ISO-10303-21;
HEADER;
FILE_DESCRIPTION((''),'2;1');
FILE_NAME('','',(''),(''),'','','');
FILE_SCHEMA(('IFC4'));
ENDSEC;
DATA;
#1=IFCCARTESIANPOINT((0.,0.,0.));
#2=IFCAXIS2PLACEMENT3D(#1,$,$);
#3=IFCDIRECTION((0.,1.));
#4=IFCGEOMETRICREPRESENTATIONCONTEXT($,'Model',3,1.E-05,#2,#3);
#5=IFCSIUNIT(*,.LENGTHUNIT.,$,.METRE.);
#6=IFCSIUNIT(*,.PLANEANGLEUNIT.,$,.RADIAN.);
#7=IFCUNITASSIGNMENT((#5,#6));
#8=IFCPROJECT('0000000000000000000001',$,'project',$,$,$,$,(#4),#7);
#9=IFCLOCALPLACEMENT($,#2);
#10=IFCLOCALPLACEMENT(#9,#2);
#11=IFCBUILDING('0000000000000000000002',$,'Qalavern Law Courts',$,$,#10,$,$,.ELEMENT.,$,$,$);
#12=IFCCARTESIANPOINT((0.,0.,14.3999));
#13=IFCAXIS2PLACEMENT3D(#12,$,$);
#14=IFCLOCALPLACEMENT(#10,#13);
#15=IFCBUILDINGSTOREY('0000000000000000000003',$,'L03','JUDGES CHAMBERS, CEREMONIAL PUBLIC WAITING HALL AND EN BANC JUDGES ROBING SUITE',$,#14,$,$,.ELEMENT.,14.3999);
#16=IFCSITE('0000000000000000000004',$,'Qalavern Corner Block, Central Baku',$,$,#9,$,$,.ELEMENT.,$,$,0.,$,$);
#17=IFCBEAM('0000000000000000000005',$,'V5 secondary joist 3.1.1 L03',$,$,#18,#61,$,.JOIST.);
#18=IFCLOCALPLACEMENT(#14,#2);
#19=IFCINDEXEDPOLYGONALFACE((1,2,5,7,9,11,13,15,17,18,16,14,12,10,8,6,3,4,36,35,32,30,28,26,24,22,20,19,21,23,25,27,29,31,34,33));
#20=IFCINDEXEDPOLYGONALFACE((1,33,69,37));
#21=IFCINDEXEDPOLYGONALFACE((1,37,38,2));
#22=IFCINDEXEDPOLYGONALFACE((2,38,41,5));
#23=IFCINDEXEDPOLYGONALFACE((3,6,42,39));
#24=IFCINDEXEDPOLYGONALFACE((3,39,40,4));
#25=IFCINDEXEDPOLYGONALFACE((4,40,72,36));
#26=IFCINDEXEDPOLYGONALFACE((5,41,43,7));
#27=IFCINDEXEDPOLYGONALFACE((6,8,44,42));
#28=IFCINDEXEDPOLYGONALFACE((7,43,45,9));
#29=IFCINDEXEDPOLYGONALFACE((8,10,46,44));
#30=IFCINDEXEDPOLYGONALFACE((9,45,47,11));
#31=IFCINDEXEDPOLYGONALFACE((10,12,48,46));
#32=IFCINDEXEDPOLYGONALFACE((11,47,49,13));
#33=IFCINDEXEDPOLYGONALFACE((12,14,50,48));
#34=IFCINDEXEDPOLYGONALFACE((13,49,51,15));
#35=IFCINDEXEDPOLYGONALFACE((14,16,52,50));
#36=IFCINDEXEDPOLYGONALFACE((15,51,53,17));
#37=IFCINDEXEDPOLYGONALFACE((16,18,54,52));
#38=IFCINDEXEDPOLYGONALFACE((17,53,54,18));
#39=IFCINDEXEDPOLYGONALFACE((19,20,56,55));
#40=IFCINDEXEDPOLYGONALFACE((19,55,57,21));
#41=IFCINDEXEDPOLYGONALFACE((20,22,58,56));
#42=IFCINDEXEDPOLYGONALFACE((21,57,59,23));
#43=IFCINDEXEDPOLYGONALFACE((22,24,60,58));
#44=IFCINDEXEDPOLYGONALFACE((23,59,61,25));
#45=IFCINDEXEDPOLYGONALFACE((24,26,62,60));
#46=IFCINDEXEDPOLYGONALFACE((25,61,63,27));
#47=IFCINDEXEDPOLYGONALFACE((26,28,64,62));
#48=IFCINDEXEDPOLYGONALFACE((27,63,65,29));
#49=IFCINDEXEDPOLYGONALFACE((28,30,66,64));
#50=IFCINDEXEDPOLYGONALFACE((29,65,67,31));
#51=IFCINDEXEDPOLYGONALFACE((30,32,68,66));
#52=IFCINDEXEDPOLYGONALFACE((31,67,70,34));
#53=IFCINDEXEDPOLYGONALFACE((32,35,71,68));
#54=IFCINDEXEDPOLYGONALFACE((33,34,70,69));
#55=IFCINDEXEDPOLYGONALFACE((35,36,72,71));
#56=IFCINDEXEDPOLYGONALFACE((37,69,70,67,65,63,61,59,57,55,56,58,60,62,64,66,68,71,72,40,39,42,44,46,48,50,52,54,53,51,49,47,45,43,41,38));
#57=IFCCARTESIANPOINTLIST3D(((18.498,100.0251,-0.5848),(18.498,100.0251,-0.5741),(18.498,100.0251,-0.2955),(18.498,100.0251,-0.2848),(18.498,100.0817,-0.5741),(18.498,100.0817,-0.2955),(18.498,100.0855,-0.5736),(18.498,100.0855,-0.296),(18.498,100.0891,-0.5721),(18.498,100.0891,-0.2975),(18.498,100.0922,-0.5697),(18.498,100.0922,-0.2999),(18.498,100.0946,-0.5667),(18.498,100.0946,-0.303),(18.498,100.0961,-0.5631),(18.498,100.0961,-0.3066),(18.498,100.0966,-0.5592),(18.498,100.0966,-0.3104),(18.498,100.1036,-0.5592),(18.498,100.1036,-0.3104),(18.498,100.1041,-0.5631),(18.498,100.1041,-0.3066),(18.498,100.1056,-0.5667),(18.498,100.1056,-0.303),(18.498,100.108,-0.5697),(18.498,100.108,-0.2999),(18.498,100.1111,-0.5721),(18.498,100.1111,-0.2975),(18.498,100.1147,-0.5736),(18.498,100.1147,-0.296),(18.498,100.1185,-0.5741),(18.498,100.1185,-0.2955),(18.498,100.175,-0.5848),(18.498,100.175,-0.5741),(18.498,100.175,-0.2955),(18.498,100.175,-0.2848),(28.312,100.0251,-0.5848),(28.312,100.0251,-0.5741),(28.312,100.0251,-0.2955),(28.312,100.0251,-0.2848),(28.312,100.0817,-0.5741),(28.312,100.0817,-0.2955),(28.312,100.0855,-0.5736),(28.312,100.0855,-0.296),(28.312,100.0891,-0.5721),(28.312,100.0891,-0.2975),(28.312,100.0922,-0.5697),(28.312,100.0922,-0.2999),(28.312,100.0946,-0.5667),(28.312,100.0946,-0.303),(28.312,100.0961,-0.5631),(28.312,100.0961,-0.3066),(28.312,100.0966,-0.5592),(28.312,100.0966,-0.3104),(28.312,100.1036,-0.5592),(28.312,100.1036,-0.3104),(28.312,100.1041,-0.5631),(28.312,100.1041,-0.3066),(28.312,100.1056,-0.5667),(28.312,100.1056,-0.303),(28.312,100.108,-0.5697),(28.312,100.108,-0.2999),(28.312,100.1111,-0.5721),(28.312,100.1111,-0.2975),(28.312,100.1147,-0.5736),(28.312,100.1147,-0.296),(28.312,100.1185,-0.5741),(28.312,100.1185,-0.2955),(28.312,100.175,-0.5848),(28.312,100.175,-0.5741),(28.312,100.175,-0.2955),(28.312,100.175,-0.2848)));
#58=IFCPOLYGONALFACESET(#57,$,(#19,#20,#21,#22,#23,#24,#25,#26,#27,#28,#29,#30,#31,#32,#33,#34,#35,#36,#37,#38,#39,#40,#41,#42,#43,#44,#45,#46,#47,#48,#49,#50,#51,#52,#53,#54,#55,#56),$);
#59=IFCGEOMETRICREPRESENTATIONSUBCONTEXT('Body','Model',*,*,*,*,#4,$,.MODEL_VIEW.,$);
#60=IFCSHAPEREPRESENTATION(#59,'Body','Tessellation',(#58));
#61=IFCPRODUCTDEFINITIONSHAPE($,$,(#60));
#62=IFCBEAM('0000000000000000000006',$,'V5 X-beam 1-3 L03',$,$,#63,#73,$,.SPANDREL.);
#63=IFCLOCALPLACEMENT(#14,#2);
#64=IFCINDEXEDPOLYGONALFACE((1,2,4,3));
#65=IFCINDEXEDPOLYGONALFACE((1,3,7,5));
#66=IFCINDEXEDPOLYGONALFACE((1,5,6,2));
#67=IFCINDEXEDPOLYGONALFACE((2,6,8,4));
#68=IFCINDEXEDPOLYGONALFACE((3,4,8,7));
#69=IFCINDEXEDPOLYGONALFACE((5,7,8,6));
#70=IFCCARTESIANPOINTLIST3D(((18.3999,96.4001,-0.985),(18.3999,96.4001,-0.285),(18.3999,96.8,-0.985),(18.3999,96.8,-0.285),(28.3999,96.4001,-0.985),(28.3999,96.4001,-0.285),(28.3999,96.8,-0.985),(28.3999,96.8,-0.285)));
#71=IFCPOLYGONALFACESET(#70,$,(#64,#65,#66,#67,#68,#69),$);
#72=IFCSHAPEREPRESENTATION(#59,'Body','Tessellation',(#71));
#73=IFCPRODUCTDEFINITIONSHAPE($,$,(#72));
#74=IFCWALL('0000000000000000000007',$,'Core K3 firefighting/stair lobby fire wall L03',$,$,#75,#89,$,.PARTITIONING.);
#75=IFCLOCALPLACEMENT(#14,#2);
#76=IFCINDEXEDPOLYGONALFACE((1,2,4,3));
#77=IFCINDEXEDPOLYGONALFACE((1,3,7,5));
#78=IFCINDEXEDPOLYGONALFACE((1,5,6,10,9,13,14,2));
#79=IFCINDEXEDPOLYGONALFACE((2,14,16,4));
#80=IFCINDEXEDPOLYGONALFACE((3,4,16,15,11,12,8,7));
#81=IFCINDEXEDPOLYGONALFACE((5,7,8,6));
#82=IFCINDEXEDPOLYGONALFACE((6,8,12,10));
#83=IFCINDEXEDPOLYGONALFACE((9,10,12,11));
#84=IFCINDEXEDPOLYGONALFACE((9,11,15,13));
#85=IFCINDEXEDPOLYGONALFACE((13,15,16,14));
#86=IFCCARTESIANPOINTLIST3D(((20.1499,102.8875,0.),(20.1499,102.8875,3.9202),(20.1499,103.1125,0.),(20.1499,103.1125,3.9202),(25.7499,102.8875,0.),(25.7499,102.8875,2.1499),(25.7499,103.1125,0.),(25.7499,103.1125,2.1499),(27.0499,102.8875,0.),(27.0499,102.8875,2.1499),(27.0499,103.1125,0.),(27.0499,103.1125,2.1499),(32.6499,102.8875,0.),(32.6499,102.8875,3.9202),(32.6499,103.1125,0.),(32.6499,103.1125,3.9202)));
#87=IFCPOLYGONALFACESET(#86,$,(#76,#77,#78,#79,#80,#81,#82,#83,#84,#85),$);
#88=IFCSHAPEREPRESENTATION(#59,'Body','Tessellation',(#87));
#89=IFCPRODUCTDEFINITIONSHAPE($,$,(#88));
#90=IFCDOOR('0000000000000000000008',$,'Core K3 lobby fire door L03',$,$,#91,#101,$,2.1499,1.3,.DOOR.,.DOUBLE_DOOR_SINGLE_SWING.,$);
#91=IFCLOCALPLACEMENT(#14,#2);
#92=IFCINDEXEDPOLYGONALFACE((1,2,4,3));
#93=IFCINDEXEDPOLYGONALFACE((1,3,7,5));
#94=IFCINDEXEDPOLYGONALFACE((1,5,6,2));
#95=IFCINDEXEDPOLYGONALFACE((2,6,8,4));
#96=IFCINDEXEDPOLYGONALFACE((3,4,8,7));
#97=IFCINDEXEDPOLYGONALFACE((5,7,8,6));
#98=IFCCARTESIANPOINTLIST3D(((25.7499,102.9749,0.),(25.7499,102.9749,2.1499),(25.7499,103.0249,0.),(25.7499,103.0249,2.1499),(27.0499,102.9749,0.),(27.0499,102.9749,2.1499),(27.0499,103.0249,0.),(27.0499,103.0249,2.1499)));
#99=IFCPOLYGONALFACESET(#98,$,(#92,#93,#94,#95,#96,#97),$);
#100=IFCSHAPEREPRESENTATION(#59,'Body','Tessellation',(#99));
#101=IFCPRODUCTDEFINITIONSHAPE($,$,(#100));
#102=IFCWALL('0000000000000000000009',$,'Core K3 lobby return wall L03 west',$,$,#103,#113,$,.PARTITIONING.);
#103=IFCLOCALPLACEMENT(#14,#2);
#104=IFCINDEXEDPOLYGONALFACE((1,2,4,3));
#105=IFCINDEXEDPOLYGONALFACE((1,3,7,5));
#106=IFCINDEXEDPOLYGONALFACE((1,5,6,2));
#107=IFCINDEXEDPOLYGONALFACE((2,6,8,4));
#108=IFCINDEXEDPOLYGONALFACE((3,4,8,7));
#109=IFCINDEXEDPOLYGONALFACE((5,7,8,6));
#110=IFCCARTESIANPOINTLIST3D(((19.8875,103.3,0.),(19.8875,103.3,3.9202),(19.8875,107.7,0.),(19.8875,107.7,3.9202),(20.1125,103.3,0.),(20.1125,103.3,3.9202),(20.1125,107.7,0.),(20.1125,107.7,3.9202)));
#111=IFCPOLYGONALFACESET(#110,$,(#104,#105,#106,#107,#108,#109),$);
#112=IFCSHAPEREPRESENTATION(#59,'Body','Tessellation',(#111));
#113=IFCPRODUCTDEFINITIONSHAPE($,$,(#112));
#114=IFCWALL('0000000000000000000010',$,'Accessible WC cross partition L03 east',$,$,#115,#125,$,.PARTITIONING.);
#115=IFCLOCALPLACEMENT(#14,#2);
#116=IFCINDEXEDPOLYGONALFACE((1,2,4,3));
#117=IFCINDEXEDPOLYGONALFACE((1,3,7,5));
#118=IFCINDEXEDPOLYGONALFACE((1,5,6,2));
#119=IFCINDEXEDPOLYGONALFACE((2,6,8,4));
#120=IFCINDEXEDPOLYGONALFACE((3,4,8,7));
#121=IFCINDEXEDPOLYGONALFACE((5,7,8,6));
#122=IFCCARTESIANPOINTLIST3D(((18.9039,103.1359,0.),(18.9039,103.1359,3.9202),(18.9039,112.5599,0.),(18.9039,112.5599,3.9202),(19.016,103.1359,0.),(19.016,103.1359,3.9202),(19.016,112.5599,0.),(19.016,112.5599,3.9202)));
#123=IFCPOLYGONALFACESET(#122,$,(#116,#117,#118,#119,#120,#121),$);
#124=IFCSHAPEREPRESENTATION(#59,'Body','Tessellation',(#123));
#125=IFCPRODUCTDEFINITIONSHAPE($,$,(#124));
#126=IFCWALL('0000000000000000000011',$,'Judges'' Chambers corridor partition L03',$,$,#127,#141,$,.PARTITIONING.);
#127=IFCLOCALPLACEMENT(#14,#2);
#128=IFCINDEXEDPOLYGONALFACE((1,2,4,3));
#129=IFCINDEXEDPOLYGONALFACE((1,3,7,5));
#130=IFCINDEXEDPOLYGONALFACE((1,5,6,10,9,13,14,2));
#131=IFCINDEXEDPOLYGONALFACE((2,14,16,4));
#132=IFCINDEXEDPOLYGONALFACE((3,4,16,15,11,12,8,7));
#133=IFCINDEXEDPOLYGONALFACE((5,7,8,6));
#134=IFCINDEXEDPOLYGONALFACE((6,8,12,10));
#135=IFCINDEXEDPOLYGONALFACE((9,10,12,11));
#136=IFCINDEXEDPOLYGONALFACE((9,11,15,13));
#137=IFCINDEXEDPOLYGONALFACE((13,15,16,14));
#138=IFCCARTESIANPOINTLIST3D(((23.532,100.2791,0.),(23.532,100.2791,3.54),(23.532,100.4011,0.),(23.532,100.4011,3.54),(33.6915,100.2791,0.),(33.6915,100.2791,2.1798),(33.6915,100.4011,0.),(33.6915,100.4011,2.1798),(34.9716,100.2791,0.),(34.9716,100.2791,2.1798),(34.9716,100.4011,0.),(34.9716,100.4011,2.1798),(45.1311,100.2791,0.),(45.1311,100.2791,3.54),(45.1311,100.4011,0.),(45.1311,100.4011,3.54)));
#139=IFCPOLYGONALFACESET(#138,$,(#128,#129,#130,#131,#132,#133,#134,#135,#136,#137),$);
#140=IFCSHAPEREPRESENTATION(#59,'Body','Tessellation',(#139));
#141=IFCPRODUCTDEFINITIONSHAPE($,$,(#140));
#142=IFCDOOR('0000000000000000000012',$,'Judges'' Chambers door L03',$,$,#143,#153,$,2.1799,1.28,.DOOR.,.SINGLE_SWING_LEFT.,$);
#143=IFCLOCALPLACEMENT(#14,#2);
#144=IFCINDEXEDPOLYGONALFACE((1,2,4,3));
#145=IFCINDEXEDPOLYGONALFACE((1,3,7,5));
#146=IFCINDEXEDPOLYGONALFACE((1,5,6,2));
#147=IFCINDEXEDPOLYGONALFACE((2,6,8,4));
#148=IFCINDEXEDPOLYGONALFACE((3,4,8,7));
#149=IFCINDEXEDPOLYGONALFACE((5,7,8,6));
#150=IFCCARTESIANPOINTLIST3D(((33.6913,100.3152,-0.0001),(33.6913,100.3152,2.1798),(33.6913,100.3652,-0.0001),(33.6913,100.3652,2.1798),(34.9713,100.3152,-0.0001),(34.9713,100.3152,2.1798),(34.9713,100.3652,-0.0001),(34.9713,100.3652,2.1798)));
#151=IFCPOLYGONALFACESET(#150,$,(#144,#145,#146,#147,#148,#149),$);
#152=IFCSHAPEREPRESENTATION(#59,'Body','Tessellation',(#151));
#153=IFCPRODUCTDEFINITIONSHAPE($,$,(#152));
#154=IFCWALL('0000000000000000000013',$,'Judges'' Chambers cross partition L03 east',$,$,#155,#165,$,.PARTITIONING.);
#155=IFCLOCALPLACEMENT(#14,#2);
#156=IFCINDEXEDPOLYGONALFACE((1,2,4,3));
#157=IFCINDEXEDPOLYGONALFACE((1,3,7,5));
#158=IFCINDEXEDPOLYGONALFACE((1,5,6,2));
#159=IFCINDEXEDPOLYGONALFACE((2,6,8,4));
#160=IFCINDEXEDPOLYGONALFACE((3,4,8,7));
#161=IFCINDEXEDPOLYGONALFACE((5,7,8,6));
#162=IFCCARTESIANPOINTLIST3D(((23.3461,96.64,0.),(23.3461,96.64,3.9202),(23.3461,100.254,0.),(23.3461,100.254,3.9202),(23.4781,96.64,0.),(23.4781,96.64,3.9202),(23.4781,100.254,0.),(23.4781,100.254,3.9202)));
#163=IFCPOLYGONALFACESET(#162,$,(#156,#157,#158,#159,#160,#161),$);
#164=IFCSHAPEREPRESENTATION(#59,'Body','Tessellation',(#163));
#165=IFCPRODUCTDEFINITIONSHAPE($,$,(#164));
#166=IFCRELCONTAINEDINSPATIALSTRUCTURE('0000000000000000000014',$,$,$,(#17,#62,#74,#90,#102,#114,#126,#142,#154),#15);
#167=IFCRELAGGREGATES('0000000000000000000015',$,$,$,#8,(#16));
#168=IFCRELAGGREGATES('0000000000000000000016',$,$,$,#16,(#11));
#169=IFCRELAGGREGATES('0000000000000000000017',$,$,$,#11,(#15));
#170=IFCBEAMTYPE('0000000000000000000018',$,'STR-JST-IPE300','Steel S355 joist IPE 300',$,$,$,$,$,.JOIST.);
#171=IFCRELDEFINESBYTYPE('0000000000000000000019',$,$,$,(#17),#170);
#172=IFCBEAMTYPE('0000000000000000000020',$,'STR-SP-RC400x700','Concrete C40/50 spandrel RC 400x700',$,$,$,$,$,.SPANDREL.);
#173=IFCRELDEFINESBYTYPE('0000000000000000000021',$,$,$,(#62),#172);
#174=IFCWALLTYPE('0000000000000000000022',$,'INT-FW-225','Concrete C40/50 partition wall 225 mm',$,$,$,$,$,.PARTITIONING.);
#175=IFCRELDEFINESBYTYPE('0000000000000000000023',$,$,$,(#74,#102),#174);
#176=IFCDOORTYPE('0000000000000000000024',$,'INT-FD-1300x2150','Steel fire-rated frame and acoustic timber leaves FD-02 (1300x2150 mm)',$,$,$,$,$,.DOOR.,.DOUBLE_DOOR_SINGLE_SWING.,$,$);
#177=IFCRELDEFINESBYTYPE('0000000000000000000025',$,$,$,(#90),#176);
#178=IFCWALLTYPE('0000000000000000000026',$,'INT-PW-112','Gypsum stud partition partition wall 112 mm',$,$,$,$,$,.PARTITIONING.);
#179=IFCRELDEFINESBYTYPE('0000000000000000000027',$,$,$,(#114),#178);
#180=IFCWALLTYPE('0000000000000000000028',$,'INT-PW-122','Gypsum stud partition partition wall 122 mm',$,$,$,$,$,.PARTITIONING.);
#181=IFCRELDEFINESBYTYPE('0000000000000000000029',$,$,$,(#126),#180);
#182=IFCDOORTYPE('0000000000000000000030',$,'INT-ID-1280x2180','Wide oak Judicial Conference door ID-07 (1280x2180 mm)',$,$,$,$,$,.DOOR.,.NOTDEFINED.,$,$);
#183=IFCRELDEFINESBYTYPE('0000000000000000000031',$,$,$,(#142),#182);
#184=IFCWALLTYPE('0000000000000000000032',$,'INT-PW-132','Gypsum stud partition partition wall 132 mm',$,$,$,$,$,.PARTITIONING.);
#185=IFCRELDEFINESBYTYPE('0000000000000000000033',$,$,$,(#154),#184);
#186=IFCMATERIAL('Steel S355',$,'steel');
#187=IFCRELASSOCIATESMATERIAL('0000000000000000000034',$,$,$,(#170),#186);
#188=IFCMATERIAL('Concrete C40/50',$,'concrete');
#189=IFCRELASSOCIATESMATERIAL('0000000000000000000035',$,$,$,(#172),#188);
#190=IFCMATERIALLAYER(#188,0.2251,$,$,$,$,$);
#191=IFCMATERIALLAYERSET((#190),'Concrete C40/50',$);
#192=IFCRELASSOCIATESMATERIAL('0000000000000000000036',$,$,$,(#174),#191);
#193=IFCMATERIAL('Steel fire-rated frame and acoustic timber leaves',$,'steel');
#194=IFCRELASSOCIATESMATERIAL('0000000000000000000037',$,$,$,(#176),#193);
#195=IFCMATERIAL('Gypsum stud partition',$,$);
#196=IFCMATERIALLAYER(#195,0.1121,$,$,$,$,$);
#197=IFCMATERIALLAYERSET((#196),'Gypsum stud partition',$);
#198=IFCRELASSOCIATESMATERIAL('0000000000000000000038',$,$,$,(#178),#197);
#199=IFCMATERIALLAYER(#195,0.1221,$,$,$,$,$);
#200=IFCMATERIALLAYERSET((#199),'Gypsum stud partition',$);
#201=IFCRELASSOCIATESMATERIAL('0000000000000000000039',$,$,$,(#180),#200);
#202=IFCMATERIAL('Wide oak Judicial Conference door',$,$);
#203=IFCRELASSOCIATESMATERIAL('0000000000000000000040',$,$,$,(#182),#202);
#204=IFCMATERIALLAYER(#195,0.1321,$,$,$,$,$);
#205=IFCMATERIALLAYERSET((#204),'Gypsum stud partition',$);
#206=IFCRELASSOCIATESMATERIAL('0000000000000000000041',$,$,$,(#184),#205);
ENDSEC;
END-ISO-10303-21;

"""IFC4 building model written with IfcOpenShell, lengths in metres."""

from ifc_helpers import new_model, si_unit, direction, frame, frame_2d, origin, origin_2d, place, context, subcontext, project, spatial, rectangle, i_section, extrude, material, layer, layer_set, material_profile, profile_set, type_object, element, fill, save


model = new_model("IFC4")

# Units and contexts
model_context = context("Model", 3, precision=1e-05, world=origin(), true_north=direction((0.0, 1.0)))
body_context = subcontext(model_context, "Body", "Model", "MODEL_VIEW")
ifc_project = project(units=[si_unit("LENGTHUNIT", "METRE"), si_unit("PLANEANGLEUNIT", "RADIAN")], contexts=[model_context])

# Site, building, storey
site_placement = place(None, origin())
site = spatial("IfcSite", under=ifc_project, at=site_placement, Name="Qalavern Corner Block, Central Baku", CompositionType="ELEMENT", RefElevation=0.0)
building_placement = place(site_placement, origin())
building = spatial("IfcBuilding", under=site, at=building_placement, Name="Qalavern Law Courts", CompositionType="ELEMENT")
storey_placement = place(building_placement, frame((0.0, 0.0, 14.3999)))
storey = spatial("IfcBuildingStorey", under=building, at=storey_placement, Name="L03", Description="JUDGES CHAMBERS, CEREMONIAL PUBLIC WAITING HALL AND EN BANC JUDGES ROBING SUITE", CompositionType="ELEMENT", Elevation=14.3999)

# Beams
ifc_material_1 = material(Name="Steel S355", Category="steel")
ifc_material_profile_1 = material_profile(ifc_material_1, i_section(OverallWidth=0.1499, OverallDepth=0.3, WebThickness=0.0071, FlangeThickness=0.0107, FilletRadius=0.0149, at=origin_2d()), Name="IPE 300")
ifc_profile_set_1 = profile_set([ifc_material_profile_1], Name="Steel S355")
beam_type_1 = type_object("IfcBeamType", Name="STR-JST-IPE300", Description="Steel S355 joist IPE 300", PredefinedType="JOIST", material=ifc_profile_set_1)
beam_1_placement = place(storey_placement, frame((18.498, 100.1001, -0.4348), z_axis=(1.0, 0.0, 0.0), x_axis=(0.0, 1.0, 0.0)))
element("IfcBeam", 1, at=beam_1_placement, inside=storey, type_object=beam_type_1, Name="V5 secondary joist 3.1.1 L03", PredefinedType="JOIST", context=body_context, shape_type="SweptSolid", body=[
    extrude(i_section(OverallWidth=0.1499, OverallDepth=0.3, WebThickness=0.0071, FlangeThickness=0.0107, FilletRadius=0.0149, at=origin_2d()), origin(), (0.0, 0.0, 1.0), 9.814),
])
ifc_material_2 = material(Name="Concrete C40/50", Category="concrete")
ifc_material_profile_2 = material_profile(ifc_material_2, rectangle(XDim=0.3999, YDim=0.7, at=origin_2d()), Name="RC 400x700")
ifc_profile_set_2 = profile_set([ifc_material_profile_2], Name="Concrete C40/50")
beam_type_2 = type_object("IfcBeamType", Name="STR-SP-RC400x700", Description="Concrete C40/50 spandrel RC 400x700", PredefinedType="SPANDREL", material=ifc_profile_set_2)
beam_2_placement = place(storey_placement, frame((18.3999, 96.6001, -0.635), z_axis=(1.0, 0.0, 0.0), x_axis=(0.0, 1.0, 0.0)))
element("IfcBeam", 2, at=beam_2_placement, inside=storey, type_object=beam_type_2, Name="V5 X-beam 1-3 L03", PredefinedType="SPANDREL", context=body_context, shape_type="SweptSolid", body=[
    extrude(rectangle(XDim=0.3999, YDim=0.7, at=origin_2d()), origin(), (0.0, 0.0, 1.0), 10.0),
])

# Wall, opening, door
ifc_layer_1 = layer(ifc_material_2, 0.2251)
ifc_layer_set_1 = layer_set([ifc_layer_1], Name="Concrete C40/50")
wall_type_1 = type_object("IfcWallType", Name="INT-FW-225", Description="Concrete C40/50 partition wall 225 mm", PredefinedType="PARTITIONING", material=ifc_layer_set_1)
wall_1_placement = place(storey_placement, frame((20.1499, 103.0, 0.0), z_axis=(0.0, 0.0, 1.0), x_axis=(1.0, 0.0, 0.0)))
wall_1 = element("IfcWall", 3, at=wall_1_placement, inside=storey, type_object=wall_type_1, Name="Core K3 firefighting/stair lobby fire wall L03", PredefinedType="PARTITIONING", context=body_context, shape_type="SweptSolid", body=[
    extrude(rectangle(XDim=12.5, YDim=0.2251, at=frame_2d((6.25, 0.0))), origin(), (0.0, 0.0, 1.0), 3.9202),
])
opening_1_placement = place(wall_1_placement, frame((5.6001, 0.0, 0.0)))
opening_1 = element("IfcOpeningElement", 4, at=opening_1_placement, cuts=wall_1, PredefinedType="OPENING", context=body_context, shape_type="SweptSolid", body=[
    extrude(rectangle(XDim=1.3, YDim=2.1499, at=frame_2d((0.6499, 1.075))), frame((0.0, 0.1274, 0.0), z_axis=(0.0, -1.0, 0.0), x_axis=(1.0, 0.0, 0.0)), (0.0, 0.0, 1.0), 0.2549),
])
ifc_material_3 = material(Name="Steel fire-rated frame and acoustic timber leaves", Category="steel")
door_type_1 = type_object("IfcDoorType", Name="INT-FD-1300x2150", Description="Steel fire-rated frame and acoustic timber leaves FD-02 (1300x2150 mm)", OperationType="DOUBLE_DOOR_SINGLE_SWING", PredefinedType="DOOR", material=ifc_material_3)
door_1_placement = place(opening_1_placement, origin())
door_1 = element("IfcDoor", 5, at=door_1_placement, inside=storey, type_object=door_type_1, Name="Core K3 lobby fire door L03", OperationType="DOUBLE_DOOR_SINGLE_SWING", OverallHeight=2.1499, OverallWidth=1.3, PredefinedType="DOOR", context=body_context, shape_type="SweptSolid", body=[
    extrude(rectangle(XDim=1.3, YDim=2.1499, at=frame_2d((0.6499, 1.075))), frame((0.0, 0.0249, 0.0), z_axis=(0.0, -1.0, 0.0), x_axis=(1.0, 0.0, 0.0)), (0.0, 0.0, 1.0), 0.05),
])
fill(opening_1, door_1)

# Walls
wall_2_placement = place(storey_placement, frame((20.0, 103.3, 0.0), z_axis=(0.0, 0.0, 1.0), x_axis=(0.0, 1.0, 0.0)))
element("IfcWall", 6, at=wall_2_placement, inside=storey, type_object=wall_type_1, Name="Core K3 lobby return wall L03 west", PredefinedType="PARTITIONING", context=body_context, shape_type="SweptSolid", body=[
    extrude(rectangle(XDim=4.3999, YDim=0.2251, at=frame_2d((2.2, 0.0))), origin(), (0.0, 0.0, 1.0), 3.9202),
])
ifc_material_4 = material(Name="Gypsum stud partition")
ifc_layer_2 = layer(ifc_material_4, 0.1121)
ifc_layer_set_2 = layer_set([ifc_layer_2], Name="Gypsum stud partition")
wall_type_2 = type_object("IfcWallType", Name="INT-PW-112", Description="Gypsum stud partition partition wall 112 mm", PredefinedType="PARTITIONING", material=ifc_layer_set_2)
wall_3_placement = place(storey_placement, frame((18.96, 103.136, 0.0), z_axis=(0.0, 0.0, 1.0), x_axis=(0.0, 1.0, 0.0)))
element("IfcWall", 7, at=wall_3_placement, inside=storey, type_object=wall_type_2, Name="Accessible WC cross partition L03 east", PredefinedType="PARTITIONING", context=body_context, shape_type="SweptSolid", body=[
    extrude(rectangle(XDim=9.4241, YDim=0.1121, at=frame_2d((4.7119, 0.0))), origin(), (0.0, 0.0, 1.0), 3.9202),
])

# Wall, opening, door
ifc_layer_3 = layer(ifc_material_4, 0.1221)
ifc_layer_set_3 = layer_set([ifc_layer_3], Name="Gypsum stud partition")
wall_type_3 = type_object("IfcWallType", Name="INT-PW-122", Description="Gypsum stud partition partition wall 122 mm", PredefinedType="PARTITIONING", material=ifc_layer_set_3)
wall_4_placement = place(storey_placement, frame((23.532, 100.3401, 0.0), z_axis=(0.0, 0.0, 1.0), x_axis=(1.0, 0.0, 0.0)))
wall_4 = element("IfcWall", 8, at=wall_4_placement, inside=storey, type_object=wall_type_3, Name="Judges' Chambers corridor partition L03", PredefinedType="PARTITIONING", context=body_context, shape_type="SweptSolid", body=[
    extrude(rectangle(XDim=21.5991, YDim=0.1221, at=frame_2d((10.7996, 0.0))), origin(), (0.0, 0.0, 1.0), 3.54),
])
opening_2_placement = place(wall_4_placement, frame((10.1594, 0.0, 0.0)))
opening_2 = element("IfcOpeningElement", 9, at=opening_2_placement, cuts=wall_4, PredefinedType="OPENING", context=body_context, shape_type="SweptSolid", body=[
    extrude(rectangle(XDim=1.28, YDim=2.1799, at=frame_2d((0.6401, 1.0898))), frame((0.0, 0.0759, 0.0), z_axis=(0.0, -1.0, 0.0), x_axis=(1.0, 0.0, 0.0)), (0.0, 0.0, 1.0), 0.1519),
])
ifc_material_5 = material(Name="Wide oak Judicial Conference door")
door_type_2 = type_object("IfcDoorType", Name="INT-ID-1280x2180", Description="Wide oak Judicial Conference door ID-07 (1280x2180 mm)", OperationType="NOTDEFINED", PredefinedType="DOOR", material=ifc_material_5)
door_2_placement = place(opening_2_placement, frame((1.28, 0.0, 0.0), z_axis=(0.0, 0.0, 1.0), x_axis=(-1.0, 0.0, 0.0)))
door_2 = element("IfcDoor", 10, at=door_2_placement, inside=storey, type_object=door_type_2, Name="Judges' Chambers door L03", OperationType="SINGLE_SWING_LEFT", OverallHeight=2.1799, OverallWidth=1.28, PredefinedType="DOOR", context=body_context, shape_type="SweptSolid", body=[
    extrude(rectangle(XDim=1.28, YDim=2.1799, at=frame_2d((0.6401, 1.0898))), frame((0.0, 0.0249, 0.0), z_axis=(0.0, -1.0, 0.0), x_axis=(1.0, 0.0, 0.0)), (0.0, 0.0, 1.0), 0.05),
])
fill(opening_2, door_2)

# Wall
ifc_layer_4 = layer(ifc_material_4, 0.1321)
ifc_layer_set_4 = layer_set([ifc_layer_4], Name="Gypsum stud partition")
wall_type_4 = type_object("IfcWallType", Name="INT-PW-132", Description="Gypsum stud partition partition wall 132 mm", PredefinedType="PARTITIONING", material=ifc_layer_set_4)
wall_5_placement = place(storey_placement, frame((23.4121, 96.6399, 0.0), z_axis=(0.0, 0.0, 1.0), x_axis=(0.0, 1.0, 0.0)))
element("IfcWall", 11, at=wall_5_placement, inside=storey, type_object=wall_type_4, Name="Judges' Chambers cross partition L03 east", PredefinedType="PARTITIONING", context=body_context, shape_type="SweptSolid", body=[
    extrude(rectangle(XDim=3.614, YDim=0.1321, at=frame_2d((1.8071, 0.0))), origin(), (0.0, 0.0, 1.0), 3.9202),
])

save(model, "model.ifc")
